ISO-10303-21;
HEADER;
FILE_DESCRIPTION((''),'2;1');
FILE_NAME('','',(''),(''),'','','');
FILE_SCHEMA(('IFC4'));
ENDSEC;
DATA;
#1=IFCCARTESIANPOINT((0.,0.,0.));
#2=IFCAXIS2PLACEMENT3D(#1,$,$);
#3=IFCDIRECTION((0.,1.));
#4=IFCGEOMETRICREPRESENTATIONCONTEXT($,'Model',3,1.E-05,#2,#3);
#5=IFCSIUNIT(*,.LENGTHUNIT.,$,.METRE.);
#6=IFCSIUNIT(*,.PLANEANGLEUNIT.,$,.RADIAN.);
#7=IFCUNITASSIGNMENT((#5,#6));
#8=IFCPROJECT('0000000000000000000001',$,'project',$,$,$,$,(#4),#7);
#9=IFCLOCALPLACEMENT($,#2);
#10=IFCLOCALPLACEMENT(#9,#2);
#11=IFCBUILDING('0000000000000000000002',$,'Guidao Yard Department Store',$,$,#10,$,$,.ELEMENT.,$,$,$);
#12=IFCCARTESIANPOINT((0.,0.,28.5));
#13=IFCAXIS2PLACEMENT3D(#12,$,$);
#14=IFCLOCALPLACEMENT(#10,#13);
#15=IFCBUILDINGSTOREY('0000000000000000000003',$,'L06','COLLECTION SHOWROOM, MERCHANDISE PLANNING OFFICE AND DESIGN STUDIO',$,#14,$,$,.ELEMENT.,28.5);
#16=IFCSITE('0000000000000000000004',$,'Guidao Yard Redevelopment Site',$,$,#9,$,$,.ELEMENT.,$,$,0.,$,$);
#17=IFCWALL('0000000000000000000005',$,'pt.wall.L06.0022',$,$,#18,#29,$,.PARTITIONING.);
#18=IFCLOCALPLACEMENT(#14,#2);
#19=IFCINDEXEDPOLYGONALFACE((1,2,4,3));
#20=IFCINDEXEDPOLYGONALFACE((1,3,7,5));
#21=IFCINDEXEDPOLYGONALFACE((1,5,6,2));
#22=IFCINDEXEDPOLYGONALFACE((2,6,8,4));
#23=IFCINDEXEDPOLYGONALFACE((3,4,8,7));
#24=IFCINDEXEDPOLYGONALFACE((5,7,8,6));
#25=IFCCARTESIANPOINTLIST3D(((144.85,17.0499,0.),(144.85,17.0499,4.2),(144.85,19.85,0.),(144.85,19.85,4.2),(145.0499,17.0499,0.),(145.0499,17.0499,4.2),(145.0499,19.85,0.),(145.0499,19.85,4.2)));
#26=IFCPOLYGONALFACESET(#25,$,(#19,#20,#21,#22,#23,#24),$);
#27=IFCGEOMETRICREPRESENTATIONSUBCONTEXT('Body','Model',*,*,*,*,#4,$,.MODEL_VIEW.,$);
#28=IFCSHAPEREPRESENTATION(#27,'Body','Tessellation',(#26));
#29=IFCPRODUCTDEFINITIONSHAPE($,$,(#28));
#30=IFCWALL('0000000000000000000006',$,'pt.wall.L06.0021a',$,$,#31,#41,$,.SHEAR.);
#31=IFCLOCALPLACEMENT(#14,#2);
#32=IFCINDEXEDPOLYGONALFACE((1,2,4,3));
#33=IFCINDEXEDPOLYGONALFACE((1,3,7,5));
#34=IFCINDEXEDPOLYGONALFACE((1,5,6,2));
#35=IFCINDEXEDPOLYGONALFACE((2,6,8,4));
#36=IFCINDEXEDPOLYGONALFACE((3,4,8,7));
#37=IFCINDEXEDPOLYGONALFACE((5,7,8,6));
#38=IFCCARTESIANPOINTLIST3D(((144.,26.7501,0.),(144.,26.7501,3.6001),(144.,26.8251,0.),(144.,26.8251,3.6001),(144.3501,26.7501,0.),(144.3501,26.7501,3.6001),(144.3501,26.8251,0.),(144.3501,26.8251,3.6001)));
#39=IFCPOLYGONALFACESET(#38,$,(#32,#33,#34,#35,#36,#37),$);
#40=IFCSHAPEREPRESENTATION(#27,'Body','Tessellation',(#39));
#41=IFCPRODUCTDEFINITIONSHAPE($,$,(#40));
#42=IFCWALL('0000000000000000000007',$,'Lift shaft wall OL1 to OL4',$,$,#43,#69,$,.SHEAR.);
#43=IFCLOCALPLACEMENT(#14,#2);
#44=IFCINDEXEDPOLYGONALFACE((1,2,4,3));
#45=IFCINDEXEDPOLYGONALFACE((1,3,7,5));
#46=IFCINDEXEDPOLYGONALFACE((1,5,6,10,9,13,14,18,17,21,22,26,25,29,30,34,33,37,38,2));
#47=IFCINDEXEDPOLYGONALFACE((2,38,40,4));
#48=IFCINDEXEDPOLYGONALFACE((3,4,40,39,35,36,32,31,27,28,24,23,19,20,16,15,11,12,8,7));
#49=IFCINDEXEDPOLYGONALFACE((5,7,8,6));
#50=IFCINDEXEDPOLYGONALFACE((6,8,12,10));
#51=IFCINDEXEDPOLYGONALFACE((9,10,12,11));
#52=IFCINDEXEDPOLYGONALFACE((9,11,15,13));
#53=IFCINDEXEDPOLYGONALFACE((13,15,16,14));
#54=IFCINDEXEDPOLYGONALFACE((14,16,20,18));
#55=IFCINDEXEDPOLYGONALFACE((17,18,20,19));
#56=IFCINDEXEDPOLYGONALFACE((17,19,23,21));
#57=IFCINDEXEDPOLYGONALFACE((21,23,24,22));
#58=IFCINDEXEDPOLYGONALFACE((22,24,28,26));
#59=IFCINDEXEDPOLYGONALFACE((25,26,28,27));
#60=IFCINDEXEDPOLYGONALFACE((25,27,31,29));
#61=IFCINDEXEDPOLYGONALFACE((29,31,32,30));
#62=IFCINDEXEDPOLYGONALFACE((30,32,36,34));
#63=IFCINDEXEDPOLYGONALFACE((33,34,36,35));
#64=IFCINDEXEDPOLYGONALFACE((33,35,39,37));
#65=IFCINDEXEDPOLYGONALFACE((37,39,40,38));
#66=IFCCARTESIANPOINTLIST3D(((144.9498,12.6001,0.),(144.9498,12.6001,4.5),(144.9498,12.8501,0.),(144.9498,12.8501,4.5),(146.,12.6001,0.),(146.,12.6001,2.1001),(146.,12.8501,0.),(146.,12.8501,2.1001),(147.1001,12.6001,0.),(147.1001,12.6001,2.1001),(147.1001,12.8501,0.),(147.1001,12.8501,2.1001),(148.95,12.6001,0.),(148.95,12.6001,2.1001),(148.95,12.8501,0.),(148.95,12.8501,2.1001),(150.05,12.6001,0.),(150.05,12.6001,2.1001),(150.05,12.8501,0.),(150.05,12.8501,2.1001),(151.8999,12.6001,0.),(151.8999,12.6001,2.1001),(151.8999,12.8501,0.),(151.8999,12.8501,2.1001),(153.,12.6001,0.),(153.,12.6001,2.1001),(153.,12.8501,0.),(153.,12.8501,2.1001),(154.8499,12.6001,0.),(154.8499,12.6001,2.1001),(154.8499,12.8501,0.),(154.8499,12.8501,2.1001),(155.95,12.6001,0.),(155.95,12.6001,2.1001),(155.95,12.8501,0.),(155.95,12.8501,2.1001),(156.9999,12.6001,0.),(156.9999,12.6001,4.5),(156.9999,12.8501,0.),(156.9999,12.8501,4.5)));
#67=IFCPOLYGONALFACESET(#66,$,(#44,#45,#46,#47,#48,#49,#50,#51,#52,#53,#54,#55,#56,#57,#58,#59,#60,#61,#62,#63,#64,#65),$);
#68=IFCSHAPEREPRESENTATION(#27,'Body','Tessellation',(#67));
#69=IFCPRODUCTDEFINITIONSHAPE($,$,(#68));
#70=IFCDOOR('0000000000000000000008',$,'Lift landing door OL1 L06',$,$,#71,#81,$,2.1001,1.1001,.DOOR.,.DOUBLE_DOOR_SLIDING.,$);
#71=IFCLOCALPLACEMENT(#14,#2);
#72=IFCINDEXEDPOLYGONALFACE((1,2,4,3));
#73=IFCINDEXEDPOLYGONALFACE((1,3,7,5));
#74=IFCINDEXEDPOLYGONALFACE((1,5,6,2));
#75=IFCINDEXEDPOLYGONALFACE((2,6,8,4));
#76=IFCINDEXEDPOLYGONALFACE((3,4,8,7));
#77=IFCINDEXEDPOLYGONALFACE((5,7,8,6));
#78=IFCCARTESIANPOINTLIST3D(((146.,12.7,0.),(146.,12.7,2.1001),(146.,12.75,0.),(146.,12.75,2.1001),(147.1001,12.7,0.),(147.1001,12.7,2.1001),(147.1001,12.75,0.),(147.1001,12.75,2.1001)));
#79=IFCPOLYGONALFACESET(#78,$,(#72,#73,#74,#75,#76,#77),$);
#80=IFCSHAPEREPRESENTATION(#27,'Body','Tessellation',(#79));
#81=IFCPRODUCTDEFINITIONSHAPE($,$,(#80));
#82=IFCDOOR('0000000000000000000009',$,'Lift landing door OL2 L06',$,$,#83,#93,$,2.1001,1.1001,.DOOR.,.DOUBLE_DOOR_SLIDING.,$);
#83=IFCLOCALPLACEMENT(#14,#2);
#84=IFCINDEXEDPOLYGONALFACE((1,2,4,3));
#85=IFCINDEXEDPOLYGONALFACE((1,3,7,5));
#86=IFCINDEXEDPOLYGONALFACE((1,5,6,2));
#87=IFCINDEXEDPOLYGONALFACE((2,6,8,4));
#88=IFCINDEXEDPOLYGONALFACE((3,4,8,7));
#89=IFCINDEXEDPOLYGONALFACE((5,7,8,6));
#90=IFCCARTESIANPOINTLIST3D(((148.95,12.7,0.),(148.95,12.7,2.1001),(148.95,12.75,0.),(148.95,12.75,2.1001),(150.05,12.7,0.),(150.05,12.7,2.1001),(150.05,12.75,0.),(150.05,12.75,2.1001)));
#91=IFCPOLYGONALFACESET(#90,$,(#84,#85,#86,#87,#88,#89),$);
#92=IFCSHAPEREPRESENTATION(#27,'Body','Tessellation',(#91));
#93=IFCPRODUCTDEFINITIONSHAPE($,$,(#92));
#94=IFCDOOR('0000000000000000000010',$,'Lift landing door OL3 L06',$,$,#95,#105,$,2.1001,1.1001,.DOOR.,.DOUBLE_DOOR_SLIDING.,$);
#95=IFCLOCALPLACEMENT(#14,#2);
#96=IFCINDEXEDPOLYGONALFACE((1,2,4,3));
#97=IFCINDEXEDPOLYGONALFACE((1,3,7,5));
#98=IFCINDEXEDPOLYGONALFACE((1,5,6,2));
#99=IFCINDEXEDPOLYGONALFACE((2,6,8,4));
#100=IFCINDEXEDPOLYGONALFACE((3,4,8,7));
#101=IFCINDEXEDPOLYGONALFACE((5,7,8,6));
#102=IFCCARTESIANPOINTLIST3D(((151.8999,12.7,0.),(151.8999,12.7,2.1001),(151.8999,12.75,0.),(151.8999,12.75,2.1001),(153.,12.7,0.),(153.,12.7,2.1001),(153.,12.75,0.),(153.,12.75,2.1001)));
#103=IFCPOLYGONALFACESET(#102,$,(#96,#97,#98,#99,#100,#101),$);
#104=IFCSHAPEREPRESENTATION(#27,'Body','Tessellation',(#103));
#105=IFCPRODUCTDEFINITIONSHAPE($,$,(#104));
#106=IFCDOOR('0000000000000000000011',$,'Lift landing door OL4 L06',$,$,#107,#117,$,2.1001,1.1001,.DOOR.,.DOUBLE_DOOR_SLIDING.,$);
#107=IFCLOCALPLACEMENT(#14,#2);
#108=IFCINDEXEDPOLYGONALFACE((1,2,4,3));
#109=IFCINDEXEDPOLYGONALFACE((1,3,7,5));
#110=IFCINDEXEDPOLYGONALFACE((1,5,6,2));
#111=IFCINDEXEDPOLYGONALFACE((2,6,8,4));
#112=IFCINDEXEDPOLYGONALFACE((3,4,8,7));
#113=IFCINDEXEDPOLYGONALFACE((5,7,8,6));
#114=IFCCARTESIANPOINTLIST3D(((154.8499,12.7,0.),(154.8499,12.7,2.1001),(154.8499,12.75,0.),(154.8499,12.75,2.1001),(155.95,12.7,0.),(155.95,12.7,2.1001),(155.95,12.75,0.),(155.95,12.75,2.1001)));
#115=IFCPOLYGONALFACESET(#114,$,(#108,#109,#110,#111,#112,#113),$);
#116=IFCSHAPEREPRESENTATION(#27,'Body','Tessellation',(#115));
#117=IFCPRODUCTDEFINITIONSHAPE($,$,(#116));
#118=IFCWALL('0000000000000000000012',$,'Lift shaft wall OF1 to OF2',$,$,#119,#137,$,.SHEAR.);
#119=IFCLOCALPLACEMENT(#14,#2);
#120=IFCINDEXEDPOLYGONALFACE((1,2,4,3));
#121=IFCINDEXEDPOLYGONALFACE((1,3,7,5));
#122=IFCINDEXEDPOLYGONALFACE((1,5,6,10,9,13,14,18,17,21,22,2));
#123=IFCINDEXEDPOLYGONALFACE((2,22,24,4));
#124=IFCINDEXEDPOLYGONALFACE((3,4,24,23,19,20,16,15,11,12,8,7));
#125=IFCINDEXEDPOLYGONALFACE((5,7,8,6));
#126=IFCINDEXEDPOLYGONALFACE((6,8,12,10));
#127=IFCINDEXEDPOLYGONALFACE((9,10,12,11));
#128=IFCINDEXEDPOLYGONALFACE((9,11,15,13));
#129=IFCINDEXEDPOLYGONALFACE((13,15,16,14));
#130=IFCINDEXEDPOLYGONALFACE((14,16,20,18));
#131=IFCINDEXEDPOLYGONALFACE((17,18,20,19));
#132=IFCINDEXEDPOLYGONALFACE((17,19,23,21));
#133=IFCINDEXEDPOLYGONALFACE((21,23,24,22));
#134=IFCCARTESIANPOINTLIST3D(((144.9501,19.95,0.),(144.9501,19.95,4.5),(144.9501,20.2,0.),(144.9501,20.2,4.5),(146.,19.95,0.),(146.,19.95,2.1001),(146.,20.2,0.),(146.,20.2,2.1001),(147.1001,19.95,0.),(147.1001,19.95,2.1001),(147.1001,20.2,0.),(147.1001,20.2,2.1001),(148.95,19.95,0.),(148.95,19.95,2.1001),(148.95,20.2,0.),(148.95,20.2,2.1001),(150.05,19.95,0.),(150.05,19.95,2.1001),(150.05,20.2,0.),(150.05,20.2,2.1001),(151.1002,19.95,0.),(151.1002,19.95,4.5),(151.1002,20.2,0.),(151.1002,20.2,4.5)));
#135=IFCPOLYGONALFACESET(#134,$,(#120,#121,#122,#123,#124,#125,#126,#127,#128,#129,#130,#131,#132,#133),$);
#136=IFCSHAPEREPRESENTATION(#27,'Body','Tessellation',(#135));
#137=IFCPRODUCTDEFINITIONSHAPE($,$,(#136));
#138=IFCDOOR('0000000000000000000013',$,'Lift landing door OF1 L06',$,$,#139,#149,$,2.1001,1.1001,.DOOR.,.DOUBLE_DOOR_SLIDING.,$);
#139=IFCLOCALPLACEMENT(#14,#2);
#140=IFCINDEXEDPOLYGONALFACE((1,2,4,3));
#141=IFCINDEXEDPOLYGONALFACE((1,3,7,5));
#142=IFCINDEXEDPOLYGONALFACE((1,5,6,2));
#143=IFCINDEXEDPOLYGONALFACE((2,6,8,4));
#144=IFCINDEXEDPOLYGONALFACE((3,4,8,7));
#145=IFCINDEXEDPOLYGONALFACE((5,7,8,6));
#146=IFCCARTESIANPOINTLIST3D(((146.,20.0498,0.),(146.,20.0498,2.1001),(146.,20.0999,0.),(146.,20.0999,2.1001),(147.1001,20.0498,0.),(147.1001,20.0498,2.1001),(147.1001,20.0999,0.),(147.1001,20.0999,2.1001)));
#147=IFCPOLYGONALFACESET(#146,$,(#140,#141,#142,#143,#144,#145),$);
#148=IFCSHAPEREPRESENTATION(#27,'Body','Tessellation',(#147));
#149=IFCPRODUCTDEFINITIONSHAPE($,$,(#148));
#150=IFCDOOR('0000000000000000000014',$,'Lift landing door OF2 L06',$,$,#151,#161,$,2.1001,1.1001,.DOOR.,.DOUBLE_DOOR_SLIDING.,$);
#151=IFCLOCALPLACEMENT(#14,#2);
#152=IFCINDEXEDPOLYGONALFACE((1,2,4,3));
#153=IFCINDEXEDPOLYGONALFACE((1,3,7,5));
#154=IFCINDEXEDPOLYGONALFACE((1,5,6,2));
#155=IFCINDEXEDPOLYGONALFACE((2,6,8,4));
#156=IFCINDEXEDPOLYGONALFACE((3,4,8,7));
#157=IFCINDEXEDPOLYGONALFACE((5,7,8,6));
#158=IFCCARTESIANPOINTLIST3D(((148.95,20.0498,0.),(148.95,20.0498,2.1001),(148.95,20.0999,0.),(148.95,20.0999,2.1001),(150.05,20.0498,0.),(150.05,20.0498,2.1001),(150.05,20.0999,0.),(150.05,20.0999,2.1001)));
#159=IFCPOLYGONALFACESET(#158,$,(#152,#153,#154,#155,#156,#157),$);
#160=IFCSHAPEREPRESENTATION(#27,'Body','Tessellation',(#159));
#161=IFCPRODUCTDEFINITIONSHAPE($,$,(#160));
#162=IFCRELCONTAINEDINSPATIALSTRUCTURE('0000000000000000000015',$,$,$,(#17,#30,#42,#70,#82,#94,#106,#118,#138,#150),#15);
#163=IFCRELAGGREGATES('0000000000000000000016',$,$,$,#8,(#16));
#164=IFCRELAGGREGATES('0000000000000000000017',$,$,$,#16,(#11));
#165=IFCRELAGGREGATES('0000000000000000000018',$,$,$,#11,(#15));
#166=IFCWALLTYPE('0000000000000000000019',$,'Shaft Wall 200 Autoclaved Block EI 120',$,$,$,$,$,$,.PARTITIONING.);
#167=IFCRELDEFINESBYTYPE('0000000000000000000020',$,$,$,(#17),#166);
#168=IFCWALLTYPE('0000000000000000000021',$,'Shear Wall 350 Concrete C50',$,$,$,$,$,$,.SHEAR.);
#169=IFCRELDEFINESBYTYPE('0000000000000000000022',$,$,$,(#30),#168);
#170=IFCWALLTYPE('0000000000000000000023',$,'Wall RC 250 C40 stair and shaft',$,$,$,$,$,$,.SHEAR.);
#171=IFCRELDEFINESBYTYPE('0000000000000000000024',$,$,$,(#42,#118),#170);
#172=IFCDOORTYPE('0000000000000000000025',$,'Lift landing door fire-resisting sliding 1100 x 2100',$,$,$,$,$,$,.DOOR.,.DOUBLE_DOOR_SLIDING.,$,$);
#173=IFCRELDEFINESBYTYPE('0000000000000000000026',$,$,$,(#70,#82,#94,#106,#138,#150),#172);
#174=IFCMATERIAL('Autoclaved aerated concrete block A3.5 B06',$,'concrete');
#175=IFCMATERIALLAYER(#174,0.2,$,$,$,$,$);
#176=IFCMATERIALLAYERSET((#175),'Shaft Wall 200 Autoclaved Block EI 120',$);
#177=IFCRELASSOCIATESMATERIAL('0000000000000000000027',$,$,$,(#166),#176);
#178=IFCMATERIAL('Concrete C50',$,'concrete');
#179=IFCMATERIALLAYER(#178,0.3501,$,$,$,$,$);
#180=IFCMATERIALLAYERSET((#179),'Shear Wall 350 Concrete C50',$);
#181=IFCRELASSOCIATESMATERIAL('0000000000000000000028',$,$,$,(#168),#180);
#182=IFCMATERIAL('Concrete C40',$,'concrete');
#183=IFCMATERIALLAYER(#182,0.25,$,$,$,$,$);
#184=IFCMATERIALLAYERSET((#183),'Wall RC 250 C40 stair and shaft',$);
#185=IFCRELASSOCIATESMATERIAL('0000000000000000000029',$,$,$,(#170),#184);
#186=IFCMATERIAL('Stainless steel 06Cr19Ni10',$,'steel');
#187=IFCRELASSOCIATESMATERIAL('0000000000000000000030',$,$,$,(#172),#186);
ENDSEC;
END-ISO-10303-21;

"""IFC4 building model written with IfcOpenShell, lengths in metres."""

from ifc_helpers import new_model, si_unit, direction, frame, frame_2d, origin, place, context, subcontext, project, spatial, rectangle, extrude, material, layer, layer_set, type_object, element, fill, save


model = new_model("IFC4")

# Units and contexts
model_context = context("Model", 3, precision=1e-05, world=origin(), true_north=direction((0.0, 1.0)))
body_context = subcontext(model_context, "Body", "Model", "MODEL_VIEW")
ifc_project = project(units=[si_unit("LENGTHUNIT", "METRE"), si_unit("PLANEANGLEUNIT", "RADIAN")], contexts=[model_context])

# Site, building, storey
site_placement = place(None, origin())
site = spatial("IfcSite", under=ifc_project, at=site_placement, Name="Guidao Yard Redevelopment Site", CompositionType="ELEMENT", RefElevation=0.0)
building_placement = place(site_placement, origin())
building = spatial("IfcBuilding", under=site, at=building_placement, Name="Guidao Yard Department Store", CompositionType="ELEMENT")
storey_placement = place(building_placement, frame((0.0, 0.0, 28.5)))
storey = spatial("IfcBuildingStorey", under=building, at=storey_placement, Name="L06", Description="COLLECTION SHOWROOM, MERCHANDISE PLANNING OFFICE AND DESIGN STUDIO", CompositionType="ELEMENT", Elevation=28.5)

# Shared definitions
ifc_material_1 = material(Name="Autoclaved aerated concrete block A3.5 B06", Category="concrete")
ifc_layer_1 = layer(ifc_material_1, 0.2)
ifc_layer_set_1 = layer_set([ifc_layer_1], Name="Shaft Wall 200 Autoclaved Block EI 120")
wall_type_1 = type_object("IfcWallType", Name="Shaft Wall 200 Autoclaved Block EI 120", PredefinedType="PARTITIONING", material=ifc_layer_set_1)

# Walls
wall_1_placement = place(storey_placement, frame((144.95, 17.05, 0.0), z_axis=(0.0, 0.0, 1.0), x_axis=(0.0, 1.0, 0.0)))
element("IfcWall", 1, at=wall_1_placement, inside=storey, type_object=wall_type_1, Name="pt.wall.L06.0022", PredefinedType="PARTITIONING", context=body_context, shape_type="SweptSolid", body=[
    extrude(rectangle(XDim=2.8, YDim=0.2, at=frame_2d((1.3999, 0.0))), origin(), (0.0, 0.0, 1.0), 4.2),
])
ifc_material_2 = material(Name="Concrete C50", Category="concrete")
ifc_layer_2 = layer(ifc_material_2, 0.3501)
ifc_layer_set_2 = layer_set([ifc_layer_2], Name="Shear Wall 350 Concrete C50")
wall_type_2 = type_object("IfcWallType", Name="Shear Wall 350 Concrete C50", PredefinedType="SHEAR", material=ifc_layer_set_2)
wall_2_placement = place(storey_placement, frame((144.175, 26.75, 0.0), z_axis=(0.0, 0.0, 1.0), x_axis=(0.0, 1.0, 0.0)))
element("IfcWall", 2, at=wall_2_placement, inside=storey, type_object=wall_type_2, Name="pt.wall.L06.0021a", PredefinedType="SHEAR", context=body_context, shape_type="SweptSolid", body=[
    extrude(rectangle(XDim=0.075, YDim=0.3501, at=frame_2d((0.0376, 0.0))), origin(), (0.0, 0.0, 1.0), 3.6001),
])

# Walls, openings, doors
ifc_material_3 = material(Name="Concrete C40", Category="concrete")
ifc_layer_3 = layer(ifc_material_3, 0.25)
ifc_layer_set_3 = layer_set([ifc_layer_3], Name="Wall RC 250 C40 stair and shaft")
wall_type_3 = type_object("IfcWallType", Name="Wall RC 250 C40 stair and shaft", PredefinedType="SHEAR", material=ifc_layer_set_3)
wall_3_placement = place(storey_placement, frame((144.95, 12.7251, 0.0), z_axis=(0.0, 0.0, 1.0), x_axis=(1.0, 0.0, 0.0)))
wall_3 = element("IfcWall", 3, at=wall_3_placement, inside=storey, type_object=wall_type_3, Name="Lift shaft wall OL1 to OL4", PredefinedType="SHEAR", context=body_context, shape_type="SweptSolid", body=[
    extrude(rectangle(XDim=12.05, YDim=0.25, at=frame_2d((6.0249, 0.0))), origin(), (0.0, 0.0, 1.0), 4.5),
])
opening_1_placement = place(wall_3_placement, frame((1.05, 0.0, 0.0)))
opening_1 = element("IfcOpeningElement", 4, at=opening_1_placement, cuts=wall_3, PredefinedType="OPENING", context=body_context, shape_type="SweptSolid", body=[
    extrude(rectangle(XDim=1.1001, YDim=2.1001, at=frame_2d((0.55, 1.05))), frame((0.0, 0.135, 0.0), z_axis=(0.0, -1.0, 0.0), x_axis=(1.0, 0.0, 0.0)), (0.0, 0.0, 1.0), 0.27),
])
opening_2_placement = place(wall_3_placement, frame((4.0, 0.0, 0.0)))
opening_2 = element("IfcOpeningElement", 5, at=opening_2_placement, cuts=wall_3, PredefinedType="OPENING", context=body_context, shape_type="SweptSolid", body=[
    extrude(rectangle(XDim=1.1001, YDim=2.1001, at=frame_2d((0.55, 1.05))), frame((0.0, 0.135, 0.0), z_axis=(0.0, -1.0, 0.0), x_axis=(1.0, 0.0, 0.0)), (0.0, 0.0, 1.0), 0.27),
])
opening_3_placement = place(wall_3_placement, frame((6.95, 0.0, 0.0)))
opening_3 = element("IfcOpeningElement", 6, at=opening_3_placement, cuts=wall_3, PredefinedType="OPENING", context=body_context, shape_type="SweptSolid", body=[
    extrude(rectangle(XDim=1.1001, YDim=2.1001, at=frame_2d((0.55, 1.05))), frame((0.0, 0.135, 0.0), z_axis=(0.0, -1.0, 0.0), x_axis=(1.0, 0.0, 0.0)), (0.0, 0.0, 1.0), 0.27),
])
opening_4_placement = place(wall_3_placement, frame((9.8999, 0.0, 0.0)))
opening_4 = element("IfcOpeningElement", 7, at=opening_4_placement, cuts=wall_3, PredefinedType="OPENING", context=body_context, shape_type="SweptSolid", body=[
    extrude(rectangle(XDim=1.1001, YDim=2.1001, at=frame_2d((0.55, 1.05))), frame((0.0, 0.135, 0.0), z_axis=(0.0, -1.0, 0.0), x_axis=(1.0, 0.0, 0.0)), (0.0, 0.0, 1.0), 0.27),
])
ifc_material_4 = material(Name="Stainless steel 06Cr19Ni10", Category="steel")
door_type_1 = type_object("IfcDoorType", Name="Lift landing door fire-resisting sliding 1100 x 2100", OperationType="DOUBLE_DOOR_SLIDING", PredefinedType="DOOR", material=ifc_material_4)
door_1_placement = place(opening_1_placement, origin())
door_1 = element("IfcDoor", 8, at=door_1_placement, inside=storey, type_object=door_type_1, Name="Lift landing door OL1 L06", OperationType="DOUBLE_DOOR_SLIDING", OverallHeight=2.1001, OverallWidth=1.1001, PredefinedType="DOOR", context=body_context, shape_type="SweptSolid", body=[
    extrude(rectangle(XDim=1.1001, YDim=2.1001, at=frame_2d((0.55, 1.05))), frame((0.0, 0.0249, 0.0), z_axis=(0.0, -1.0, 0.0), x_axis=(1.0, 0.0, 0.0)), (0.0, 0.0, 1.0), 0.05),
])
fill(opening_1, door_1)
door_2_placement = place(opening_2_placement, origin())
door_2 = element("IfcDoor", 9, at=door_2_placement, inside=storey, type_object=door_type_1, Name="Lift landing door OL2 L06", OperationType="DOUBLE_DOOR_SLIDING", OverallHeight=2.1001, OverallWidth=1.1001, PredefinedType="DOOR", context=body_context, shape_type="SweptSolid", body=[
    extrude(rectangle(XDim=1.1001, YDim=2.1001, at=frame_2d((0.55, 1.05))), frame((0.0, 0.0249, 0.0), z_axis=(0.0, -1.0, 0.0), x_axis=(1.0, 0.0, 0.0)), (0.0, 0.0, 1.0), 0.05),
])
fill(opening_2, door_2)
door_3_placement = place(opening_3_placement, origin())
door_3 = element("IfcDoor", 10, at=door_3_placement, inside=storey, type_object=door_type_1, Name="Lift landing door OL3 L06", OperationType="DOUBLE_DOOR_SLIDING", OverallHeight=2.1001, OverallWidth=1.1001, PredefinedType="DOOR", context=body_context, shape_type="SweptSolid", body=[
    extrude(rectangle(XDim=1.1001, YDim=2.1001, at=frame_2d((0.55, 1.05))), frame((0.0, 0.0249, 0.0), z_axis=(0.0, -1.0, 0.0), x_axis=(1.0, 0.0, 0.0)), (0.0, 0.0, 1.0), 0.05),
])
fill(opening_3, door_3)
door_4_placement = place(opening_4_placement, origin())
door_4 = element("IfcDoor", 11, at=door_4_placement, inside=storey, type_object=door_type_1, Name="Lift landing door OL4 L06", OperationType="DOUBLE_DOOR_SLIDING", OverallHeight=2.1001, OverallWidth=1.1001, PredefinedType="DOOR", context=body_context, shape_type="SweptSolid", body=[
    extrude(rectangle(XDim=1.1001, YDim=2.1001, at=frame_2d((0.55, 1.05))), frame((0.0, 0.0249, 0.0), z_axis=(0.0, -1.0, 0.0), x_axis=(1.0, 0.0, 0.0)), (0.0, 0.0, 1.0), 0.05),
])
fill(opening_4, door_4)
wall_4_placement = place(storey_placement, frame((144.95, 20.075, 0.0), z_axis=(0.0, 0.0, 1.0), x_axis=(1.0, 0.0, 0.0)))
wall_4 = element("IfcWall", 12, at=wall_4_placement, inside=storey, type_object=wall_type_3, Name="Lift shaft wall OF1 to OF2", PredefinedType="SHEAR", context=body_context, shape_type="SweptSolid", body=[
    extrude(rectangle(XDim=6.1501, YDim=0.25, at=frame_2d((3.0752, 0.0))), origin(), (0.0, 0.0, 1.0), 4.5),
])
opening_5_placement = place(wall_4_placement, frame((1.05, 0.0, 0.0)))
opening_5 = element("IfcOpeningElement", 13, at=opening_5_placement, cuts=wall_4, PredefinedType="OPENING", context=body_context, shape_type="SweptSolid", body=[
    extrude(rectangle(XDim=1.1001, YDim=2.1001, at=frame_2d((0.55, 1.05))), frame((0.0, 0.135, 0.0), z_axis=(0.0, -1.0, 0.0), x_axis=(1.0, 0.0, 0.0)), (0.0, 0.0, 1.0), 0.27),
])
opening_6_placement = place(wall_4_placement, frame((4.0, 0.0, 0.0)))
opening_6 = element("IfcOpeningElement", 14, at=opening_6_placement, cuts=wall_4, PredefinedType="OPENING", context=body_context, shape_type="SweptSolid", body=[
    extrude(rectangle(XDim=1.1001, YDim=2.1001, at=frame_2d((0.55, 1.05))), frame((0.0, 0.135, 0.0), z_axis=(0.0, -1.0, 0.0), x_axis=(1.0, 0.0, 0.0)), (0.0, 0.0, 1.0), 0.27),
])
door_5_placement = place(opening_5_placement, origin())
door_5 = element("IfcDoor", 15, at=door_5_placement, inside=storey, type_object=door_type_1, Name="Lift landing door OF1 L06", OperationType="DOUBLE_DOOR_SLIDING", OverallHeight=2.1001, OverallWidth=1.1001, PredefinedType="DOOR", context=body_context, shape_type="SweptSolid", body=[
    extrude(rectangle(XDim=1.1001, YDim=2.1001, at=frame_2d((0.55, 1.05))), frame((0.0, 0.0249, 0.0), z_axis=(0.0, -1.0, 0.0), x_axis=(1.0, 0.0, 0.0)), (0.0, 0.0, 1.0), 0.05),
])
fill(opening_5, door_5)
door_6_placement = place(opening_6_placement, origin())
door_6 = element("IfcDoor", 16, at=door_6_placement, inside=storey, type_object=door_type_1, Name="Lift landing door OF2 L06", OperationType="DOUBLE_DOOR_SLIDING", OverallHeight=2.1001, OverallWidth=1.1001, PredefinedType="DOOR", context=body_context, shape_type="SweptSolid", body=[
    extrude(rectangle(XDim=1.1001, YDim=2.1001, at=frame_2d((0.55, 1.05))), frame((0.0, 0.0249, 0.0), z_axis=(0.0, -1.0, 0.0), x_axis=(1.0, 0.0, 0.0)), (0.0, 0.0, 1.0), 0.05),
])
fill(opening_6, door_6)

save(model, "model.ifc")
